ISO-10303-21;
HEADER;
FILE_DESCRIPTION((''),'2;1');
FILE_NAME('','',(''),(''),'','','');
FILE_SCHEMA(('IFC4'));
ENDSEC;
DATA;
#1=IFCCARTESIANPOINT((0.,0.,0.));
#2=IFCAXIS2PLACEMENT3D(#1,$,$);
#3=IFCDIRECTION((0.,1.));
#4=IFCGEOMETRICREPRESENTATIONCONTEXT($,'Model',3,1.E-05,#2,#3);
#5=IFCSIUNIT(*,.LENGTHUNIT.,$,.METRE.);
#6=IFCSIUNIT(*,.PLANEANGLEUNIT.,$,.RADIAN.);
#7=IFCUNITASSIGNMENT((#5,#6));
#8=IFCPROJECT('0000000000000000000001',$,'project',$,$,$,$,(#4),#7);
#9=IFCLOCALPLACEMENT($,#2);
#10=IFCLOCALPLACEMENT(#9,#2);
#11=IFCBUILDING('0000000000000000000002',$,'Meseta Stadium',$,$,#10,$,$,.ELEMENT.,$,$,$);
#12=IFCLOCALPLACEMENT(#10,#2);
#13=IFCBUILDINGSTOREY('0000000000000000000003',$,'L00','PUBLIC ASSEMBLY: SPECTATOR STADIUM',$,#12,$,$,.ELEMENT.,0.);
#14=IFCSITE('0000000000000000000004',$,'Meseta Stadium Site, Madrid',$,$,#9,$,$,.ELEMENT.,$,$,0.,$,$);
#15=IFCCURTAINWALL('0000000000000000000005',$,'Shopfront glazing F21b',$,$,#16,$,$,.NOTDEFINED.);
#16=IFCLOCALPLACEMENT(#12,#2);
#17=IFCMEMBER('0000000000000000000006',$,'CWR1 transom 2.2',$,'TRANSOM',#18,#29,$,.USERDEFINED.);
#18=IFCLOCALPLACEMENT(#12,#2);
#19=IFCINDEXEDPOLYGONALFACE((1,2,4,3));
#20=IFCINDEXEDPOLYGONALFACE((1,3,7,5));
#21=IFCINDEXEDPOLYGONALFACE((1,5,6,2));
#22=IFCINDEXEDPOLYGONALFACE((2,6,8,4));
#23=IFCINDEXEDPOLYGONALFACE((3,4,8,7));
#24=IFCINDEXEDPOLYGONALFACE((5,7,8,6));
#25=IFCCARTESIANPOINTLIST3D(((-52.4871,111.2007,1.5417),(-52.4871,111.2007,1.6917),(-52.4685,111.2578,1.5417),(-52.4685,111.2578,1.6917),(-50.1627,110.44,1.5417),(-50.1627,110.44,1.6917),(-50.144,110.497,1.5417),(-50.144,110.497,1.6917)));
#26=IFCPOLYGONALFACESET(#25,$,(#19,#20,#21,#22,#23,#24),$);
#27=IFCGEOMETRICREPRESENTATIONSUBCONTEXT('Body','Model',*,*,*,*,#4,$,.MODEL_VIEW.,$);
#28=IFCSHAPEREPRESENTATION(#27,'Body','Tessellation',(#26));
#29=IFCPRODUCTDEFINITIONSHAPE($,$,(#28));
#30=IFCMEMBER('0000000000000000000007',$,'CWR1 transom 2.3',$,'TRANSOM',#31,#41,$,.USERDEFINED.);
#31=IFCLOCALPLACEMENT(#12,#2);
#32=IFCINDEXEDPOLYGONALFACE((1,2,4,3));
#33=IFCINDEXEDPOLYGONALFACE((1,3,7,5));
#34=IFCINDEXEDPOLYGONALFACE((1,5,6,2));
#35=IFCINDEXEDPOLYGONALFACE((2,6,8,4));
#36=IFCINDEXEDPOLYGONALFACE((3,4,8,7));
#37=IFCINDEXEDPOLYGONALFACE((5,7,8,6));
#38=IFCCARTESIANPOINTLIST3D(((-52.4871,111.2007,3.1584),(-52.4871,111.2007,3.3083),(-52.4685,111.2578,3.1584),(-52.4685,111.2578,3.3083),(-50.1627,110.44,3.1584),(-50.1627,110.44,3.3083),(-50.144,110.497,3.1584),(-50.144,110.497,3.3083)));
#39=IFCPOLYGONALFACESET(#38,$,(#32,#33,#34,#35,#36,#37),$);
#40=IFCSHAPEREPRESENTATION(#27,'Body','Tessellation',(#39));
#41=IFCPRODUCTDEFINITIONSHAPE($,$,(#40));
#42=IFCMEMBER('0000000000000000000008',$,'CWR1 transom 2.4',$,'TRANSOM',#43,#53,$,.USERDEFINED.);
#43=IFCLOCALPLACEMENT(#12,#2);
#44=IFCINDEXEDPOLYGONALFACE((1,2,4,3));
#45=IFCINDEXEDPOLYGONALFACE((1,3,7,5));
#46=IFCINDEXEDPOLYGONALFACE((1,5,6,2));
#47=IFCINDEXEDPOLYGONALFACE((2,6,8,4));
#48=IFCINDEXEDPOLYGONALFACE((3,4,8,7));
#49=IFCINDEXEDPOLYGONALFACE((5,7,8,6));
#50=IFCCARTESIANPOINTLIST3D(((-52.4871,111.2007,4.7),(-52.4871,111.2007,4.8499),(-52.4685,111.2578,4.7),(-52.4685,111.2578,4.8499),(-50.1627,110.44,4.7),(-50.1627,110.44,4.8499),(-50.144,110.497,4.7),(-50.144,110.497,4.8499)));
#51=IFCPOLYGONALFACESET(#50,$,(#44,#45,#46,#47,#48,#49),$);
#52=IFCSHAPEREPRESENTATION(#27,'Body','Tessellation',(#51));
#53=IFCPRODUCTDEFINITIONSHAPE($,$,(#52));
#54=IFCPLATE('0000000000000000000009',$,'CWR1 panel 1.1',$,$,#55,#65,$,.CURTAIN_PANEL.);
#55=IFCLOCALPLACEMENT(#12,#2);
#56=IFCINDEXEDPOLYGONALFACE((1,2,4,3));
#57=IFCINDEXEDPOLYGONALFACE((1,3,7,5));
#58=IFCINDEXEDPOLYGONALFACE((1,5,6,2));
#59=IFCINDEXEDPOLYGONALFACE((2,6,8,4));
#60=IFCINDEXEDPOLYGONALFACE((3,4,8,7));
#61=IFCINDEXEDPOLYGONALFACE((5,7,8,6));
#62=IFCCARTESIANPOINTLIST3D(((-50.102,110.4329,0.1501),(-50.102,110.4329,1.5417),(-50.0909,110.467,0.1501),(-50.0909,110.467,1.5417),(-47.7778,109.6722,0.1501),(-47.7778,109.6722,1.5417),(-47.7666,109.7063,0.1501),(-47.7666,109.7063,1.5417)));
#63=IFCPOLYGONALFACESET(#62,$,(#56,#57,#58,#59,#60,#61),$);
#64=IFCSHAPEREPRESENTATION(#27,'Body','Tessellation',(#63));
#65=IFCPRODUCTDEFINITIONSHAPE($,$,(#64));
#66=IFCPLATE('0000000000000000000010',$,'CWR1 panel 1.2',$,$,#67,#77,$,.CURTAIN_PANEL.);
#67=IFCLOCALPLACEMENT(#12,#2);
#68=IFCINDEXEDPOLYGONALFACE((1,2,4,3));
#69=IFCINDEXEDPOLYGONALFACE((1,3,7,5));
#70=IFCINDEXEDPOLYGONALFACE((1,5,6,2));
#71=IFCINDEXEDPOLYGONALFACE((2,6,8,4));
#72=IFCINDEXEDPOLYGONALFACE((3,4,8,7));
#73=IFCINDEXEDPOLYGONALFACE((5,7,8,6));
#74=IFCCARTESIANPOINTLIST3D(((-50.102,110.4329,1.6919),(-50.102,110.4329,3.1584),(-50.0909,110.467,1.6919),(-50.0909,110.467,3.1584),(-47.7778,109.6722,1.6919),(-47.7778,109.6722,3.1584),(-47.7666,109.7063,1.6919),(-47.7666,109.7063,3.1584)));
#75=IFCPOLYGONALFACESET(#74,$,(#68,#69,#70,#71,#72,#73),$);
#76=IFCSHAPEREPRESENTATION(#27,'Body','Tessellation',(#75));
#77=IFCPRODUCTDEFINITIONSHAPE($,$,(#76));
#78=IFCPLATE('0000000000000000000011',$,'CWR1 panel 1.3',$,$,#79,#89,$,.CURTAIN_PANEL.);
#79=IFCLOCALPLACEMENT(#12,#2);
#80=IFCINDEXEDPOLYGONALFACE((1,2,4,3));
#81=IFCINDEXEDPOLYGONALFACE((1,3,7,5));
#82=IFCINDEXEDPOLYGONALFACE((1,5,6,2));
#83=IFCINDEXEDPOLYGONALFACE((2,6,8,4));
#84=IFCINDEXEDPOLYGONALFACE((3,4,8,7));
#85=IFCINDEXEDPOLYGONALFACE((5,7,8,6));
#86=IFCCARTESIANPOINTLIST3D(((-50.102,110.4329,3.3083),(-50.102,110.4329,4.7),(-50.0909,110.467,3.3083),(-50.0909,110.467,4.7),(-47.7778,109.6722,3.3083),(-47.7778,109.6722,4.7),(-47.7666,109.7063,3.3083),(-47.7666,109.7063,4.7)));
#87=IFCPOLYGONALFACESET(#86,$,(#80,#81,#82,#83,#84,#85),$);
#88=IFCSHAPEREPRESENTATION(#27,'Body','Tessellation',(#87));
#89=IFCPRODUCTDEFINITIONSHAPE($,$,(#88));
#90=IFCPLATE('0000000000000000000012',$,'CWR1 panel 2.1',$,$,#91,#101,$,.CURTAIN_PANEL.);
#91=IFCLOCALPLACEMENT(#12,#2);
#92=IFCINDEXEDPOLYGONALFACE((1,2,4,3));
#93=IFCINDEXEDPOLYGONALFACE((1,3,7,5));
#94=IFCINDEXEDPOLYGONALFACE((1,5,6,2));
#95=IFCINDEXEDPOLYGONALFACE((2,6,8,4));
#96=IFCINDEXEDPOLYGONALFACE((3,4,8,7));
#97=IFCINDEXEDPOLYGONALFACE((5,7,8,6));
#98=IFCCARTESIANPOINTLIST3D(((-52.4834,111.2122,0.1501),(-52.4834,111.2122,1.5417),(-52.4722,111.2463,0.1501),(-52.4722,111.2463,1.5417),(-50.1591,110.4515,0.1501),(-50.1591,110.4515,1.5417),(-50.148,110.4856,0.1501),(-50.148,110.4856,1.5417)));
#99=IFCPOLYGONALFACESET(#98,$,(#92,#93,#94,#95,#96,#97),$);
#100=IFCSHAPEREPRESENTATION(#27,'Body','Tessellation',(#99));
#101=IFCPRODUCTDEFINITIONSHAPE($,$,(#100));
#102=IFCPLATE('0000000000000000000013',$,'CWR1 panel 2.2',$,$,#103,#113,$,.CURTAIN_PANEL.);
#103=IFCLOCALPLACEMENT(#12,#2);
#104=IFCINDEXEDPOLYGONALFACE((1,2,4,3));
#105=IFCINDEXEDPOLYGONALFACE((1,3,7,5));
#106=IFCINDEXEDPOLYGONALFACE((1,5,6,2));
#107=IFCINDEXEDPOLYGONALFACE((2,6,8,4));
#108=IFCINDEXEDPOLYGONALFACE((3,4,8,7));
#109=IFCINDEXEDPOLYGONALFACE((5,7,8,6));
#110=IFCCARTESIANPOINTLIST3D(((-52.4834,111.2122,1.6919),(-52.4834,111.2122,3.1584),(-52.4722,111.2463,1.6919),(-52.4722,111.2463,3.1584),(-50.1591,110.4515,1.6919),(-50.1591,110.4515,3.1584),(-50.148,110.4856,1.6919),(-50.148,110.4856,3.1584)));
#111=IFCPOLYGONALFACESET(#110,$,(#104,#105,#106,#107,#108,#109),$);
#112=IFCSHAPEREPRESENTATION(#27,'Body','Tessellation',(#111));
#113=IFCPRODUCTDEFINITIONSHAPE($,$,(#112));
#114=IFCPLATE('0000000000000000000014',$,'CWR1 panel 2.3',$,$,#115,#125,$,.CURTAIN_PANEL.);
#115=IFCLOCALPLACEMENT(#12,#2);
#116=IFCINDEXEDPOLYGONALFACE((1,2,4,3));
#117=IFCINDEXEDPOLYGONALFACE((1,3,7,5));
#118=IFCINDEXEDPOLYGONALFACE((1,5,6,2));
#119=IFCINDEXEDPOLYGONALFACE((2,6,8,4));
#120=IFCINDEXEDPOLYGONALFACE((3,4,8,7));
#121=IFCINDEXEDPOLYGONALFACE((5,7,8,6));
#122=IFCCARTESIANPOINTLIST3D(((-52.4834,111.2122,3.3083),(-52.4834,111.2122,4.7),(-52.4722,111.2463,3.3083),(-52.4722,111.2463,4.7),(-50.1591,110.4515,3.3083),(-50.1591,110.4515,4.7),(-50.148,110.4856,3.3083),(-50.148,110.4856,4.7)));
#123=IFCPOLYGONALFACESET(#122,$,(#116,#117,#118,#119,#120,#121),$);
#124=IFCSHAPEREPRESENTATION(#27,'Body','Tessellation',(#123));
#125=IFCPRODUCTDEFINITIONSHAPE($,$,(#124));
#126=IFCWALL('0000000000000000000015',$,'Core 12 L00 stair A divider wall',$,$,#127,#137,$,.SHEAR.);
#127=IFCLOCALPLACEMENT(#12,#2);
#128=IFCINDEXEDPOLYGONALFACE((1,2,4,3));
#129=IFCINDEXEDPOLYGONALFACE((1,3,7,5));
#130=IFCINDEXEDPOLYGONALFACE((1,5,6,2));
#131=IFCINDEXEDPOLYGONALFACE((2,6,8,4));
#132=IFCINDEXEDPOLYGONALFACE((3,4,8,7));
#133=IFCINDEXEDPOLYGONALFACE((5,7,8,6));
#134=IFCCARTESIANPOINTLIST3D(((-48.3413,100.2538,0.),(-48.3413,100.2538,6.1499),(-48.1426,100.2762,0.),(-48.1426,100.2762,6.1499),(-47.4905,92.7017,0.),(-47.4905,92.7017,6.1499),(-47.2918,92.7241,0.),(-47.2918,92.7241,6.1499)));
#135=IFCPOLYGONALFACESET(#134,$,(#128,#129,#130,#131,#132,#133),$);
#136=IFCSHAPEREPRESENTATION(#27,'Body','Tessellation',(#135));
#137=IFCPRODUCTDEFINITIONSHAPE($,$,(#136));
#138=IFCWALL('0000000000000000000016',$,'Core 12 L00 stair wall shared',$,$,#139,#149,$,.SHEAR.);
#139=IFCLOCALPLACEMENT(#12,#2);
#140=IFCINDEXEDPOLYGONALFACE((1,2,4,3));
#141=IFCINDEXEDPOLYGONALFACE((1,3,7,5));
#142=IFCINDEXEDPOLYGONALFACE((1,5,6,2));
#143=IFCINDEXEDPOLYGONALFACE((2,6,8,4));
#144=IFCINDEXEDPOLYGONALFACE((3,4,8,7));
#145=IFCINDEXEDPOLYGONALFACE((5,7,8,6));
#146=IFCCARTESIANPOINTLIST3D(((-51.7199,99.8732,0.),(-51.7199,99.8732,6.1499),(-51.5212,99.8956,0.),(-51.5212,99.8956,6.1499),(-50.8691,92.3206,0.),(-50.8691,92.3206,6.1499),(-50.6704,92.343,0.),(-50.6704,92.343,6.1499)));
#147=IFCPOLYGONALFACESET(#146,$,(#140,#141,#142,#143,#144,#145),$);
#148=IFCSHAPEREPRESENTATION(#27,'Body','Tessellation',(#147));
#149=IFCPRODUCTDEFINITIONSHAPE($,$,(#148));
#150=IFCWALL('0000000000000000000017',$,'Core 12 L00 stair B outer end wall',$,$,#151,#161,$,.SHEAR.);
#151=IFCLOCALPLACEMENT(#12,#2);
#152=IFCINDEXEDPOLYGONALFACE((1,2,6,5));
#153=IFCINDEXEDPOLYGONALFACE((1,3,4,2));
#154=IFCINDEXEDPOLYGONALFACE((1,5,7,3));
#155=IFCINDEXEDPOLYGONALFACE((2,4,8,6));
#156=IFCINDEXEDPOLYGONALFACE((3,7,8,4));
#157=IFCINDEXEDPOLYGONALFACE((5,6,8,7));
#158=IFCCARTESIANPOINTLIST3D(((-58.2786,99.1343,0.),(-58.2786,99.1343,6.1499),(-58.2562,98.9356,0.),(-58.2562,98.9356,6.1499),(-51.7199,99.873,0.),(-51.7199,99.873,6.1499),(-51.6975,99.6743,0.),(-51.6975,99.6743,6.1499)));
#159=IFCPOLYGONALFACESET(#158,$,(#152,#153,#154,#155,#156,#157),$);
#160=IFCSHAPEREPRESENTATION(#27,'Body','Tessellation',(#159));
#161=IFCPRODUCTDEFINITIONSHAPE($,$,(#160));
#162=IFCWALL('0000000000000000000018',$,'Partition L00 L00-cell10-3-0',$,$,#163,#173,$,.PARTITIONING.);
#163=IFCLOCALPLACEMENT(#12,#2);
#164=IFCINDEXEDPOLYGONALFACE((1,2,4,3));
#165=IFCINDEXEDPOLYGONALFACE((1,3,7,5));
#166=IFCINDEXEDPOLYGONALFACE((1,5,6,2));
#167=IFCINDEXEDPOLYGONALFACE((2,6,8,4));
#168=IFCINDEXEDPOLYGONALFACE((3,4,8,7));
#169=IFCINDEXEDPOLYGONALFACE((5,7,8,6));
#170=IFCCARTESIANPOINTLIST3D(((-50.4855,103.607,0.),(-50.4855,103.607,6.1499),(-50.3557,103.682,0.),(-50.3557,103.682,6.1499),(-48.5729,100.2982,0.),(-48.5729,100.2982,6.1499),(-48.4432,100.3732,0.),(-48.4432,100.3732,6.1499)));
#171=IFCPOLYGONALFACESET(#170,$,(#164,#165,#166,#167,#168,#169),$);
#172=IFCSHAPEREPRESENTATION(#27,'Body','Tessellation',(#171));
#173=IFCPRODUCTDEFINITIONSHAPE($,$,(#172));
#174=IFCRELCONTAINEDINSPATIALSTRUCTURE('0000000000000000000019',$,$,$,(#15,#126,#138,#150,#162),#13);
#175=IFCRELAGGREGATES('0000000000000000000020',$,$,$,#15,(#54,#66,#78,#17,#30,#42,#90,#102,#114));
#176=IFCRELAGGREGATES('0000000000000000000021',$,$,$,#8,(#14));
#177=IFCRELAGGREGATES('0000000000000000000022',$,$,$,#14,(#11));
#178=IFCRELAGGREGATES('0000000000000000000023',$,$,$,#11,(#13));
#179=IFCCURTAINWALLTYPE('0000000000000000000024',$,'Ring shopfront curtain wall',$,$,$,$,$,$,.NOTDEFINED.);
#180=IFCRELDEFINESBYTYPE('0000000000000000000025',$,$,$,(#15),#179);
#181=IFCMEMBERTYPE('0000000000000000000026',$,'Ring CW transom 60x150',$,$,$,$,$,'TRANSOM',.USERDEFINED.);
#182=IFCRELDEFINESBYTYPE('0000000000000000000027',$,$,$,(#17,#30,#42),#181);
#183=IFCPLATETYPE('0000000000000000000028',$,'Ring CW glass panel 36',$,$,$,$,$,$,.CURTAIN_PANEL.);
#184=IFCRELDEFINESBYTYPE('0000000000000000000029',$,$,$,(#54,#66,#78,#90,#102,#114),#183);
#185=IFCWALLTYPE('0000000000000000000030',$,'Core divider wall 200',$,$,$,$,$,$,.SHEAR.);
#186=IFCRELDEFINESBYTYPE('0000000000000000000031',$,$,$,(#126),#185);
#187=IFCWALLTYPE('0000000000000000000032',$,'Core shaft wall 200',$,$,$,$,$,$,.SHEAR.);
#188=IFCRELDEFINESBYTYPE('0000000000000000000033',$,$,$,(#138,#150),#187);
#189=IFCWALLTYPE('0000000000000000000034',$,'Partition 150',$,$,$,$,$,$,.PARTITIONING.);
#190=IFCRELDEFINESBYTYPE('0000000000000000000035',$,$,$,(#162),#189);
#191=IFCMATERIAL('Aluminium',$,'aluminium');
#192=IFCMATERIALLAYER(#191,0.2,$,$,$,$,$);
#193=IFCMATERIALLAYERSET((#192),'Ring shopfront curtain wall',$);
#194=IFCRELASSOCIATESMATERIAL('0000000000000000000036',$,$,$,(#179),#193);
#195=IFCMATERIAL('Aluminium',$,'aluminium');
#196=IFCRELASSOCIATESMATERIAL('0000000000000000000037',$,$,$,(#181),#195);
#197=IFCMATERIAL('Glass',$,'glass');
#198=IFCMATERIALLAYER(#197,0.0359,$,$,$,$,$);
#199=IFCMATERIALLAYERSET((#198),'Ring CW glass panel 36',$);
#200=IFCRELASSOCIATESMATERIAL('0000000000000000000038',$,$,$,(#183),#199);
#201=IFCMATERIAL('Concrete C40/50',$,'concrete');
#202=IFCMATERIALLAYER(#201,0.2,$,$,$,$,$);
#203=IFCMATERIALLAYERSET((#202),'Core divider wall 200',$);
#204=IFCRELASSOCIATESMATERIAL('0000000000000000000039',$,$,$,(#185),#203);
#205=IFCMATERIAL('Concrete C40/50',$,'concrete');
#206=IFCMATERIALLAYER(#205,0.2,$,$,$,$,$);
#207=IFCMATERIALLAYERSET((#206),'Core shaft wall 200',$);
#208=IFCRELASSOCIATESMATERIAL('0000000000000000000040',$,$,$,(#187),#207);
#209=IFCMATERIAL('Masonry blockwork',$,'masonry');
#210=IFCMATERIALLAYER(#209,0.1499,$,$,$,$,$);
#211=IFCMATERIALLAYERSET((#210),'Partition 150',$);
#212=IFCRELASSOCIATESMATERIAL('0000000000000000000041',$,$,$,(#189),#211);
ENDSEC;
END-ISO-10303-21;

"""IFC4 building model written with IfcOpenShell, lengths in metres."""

from ifc_helpers import new_model, si_unit, direction, frame, frame_2d, origin, origin_2d, place, context, subcontext, project, spatial, rectangle, extrude, material, layer, layer_set, material_profile, profile_set, type_object, element, aggregate, save


model = new_model("IFC4")

# Units and contexts
model_context = context("Model", 3, precision=1e-05, world=origin(), true_north=direction((0.0, 1.0)))
body_context = subcontext(model_context, "Body", "Model", "MODEL_VIEW")
ifc_project = project(units=[si_unit("LENGTHUNIT", "METRE"), si_unit("PLANEANGLEUNIT", "RADIAN")], contexts=[model_context])

# Site, building, storey
site_placement = place(None, origin())
site = spatial("IfcSite", under=ifc_project, at=site_placement, Name="Meseta Stadium Site, Madrid", CompositionType="ELEMENT", RefElevation=0.0)
building_placement = place(site_placement, origin())
building = spatial("IfcBuilding", under=site, at=building_placement, Name="Meseta Stadium", CompositionType="ELEMENT")
storey_placement = place(building_placement, origin())
storey = spatial("IfcBuildingStorey", under=building, at=storey_placement, Name="L00", Description="PUBLIC ASSEMBLY: SPECTATOR STADIUM", CompositionType="ELEMENT", Elevation=0.0)

# Curtain wall, members, plates
ifc_material_1 = material(Name="Aluminium", Category="aluminium")
ifc_layer_1 = layer(ifc_material_1, 0.2)
ifc_layer_set_1 = layer_set([ifc_layer_1], Name="Ring shopfront curtain wall")
curtain_wall_type = type_object("IfcCurtainWallType", Name="Ring shopfront curtain wall", PredefinedType="NOTDEFINED", material=ifc_layer_set_1)
curtain_wall_placement = place(storey_placement, origin())
curtain_wall = element("IfcCurtainWall", 1, at=curtain_wall_placement, inside=storey, type_object=curtain_wall_type, Name="Shopfront glazing F21b", PredefinedType="NOTDEFINED")
ifc_material_2 = material(Name="Aluminium", Category="aluminium")
ifc_material_profile_1 = material_profile(ifc_material_2, rectangle(XDim=0.0601, YDim=0.1499, at=origin_2d()), Name="CW 60x150")
ifc_profile_set_1 = profile_set([ifc_material_profile_1], Name="Aluminium")
member_type_1 = type_object("IfcMemberType", Name="Ring CW transom 60x150", ElementType="TRANSOM", PredefinedType="USERDEFINED", material=ifc_profile_set_1)
member_1_placement = place(storey_placement, frame((-50.1533, 110.4685, 1.6167), z_axis=(-0.950396, 0.311042, 0.0), x_axis=(-0.311042, -0.950396, 0.0)))
member_1 = element("IfcMember", 2, at=member_1_placement, type_object=member_type_1, Name="CWR1 transom 2.2", ObjectType="TRANSOM", PredefinedType="USERDEFINED", context=body_context, shape_type="SweptSolid", body=[
    extrude(rectangle(XDim=0.0601, YDim=0.1499, at=origin_2d()), origin(), (0.0, 0.0, 1.0), 2.4458),
])
member_2_placement = place(storey_placement, frame((-50.1533, 110.4685, 3.2334), z_axis=(-0.950396, 0.311042, 0.0), x_axis=(-0.311042, -0.950396, 0.0)))
member_2 = element("IfcMember", 3, at=member_2_placement, type_object=member_type_1, Name="CWR1 transom 2.3", ObjectType="TRANSOM", PredefinedType="USERDEFINED", context=body_context, shape_type="SweptSolid", body=[
    extrude(rectangle(XDim=0.0601, YDim=0.1499, at=origin_2d()), origin(), (0.0, 0.0, 1.0), 2.4458),
])
member_3_placement = place(storey_placement, frame((-50.1533, 110.4685, 4.7749), z_axis=(-0.950396, 0.311042, 0.0), x_axis=(-0.311042, -0.950396, 0.0)))
member_3 = element("IfcMember", 4, at=member_3_placement, type_object=member_type_1, Name="CWR1 transom 2.4", ObjectType="TRANSOM", PredefinedType="USERDEFINED", context=body_context, shape_type="SweptSolid", body=[
    extrude(rectangle(XDim=0.0601, YDim=0.1499, at=origin_2d()), origin(), (0.0, 0.0, 1.0), 2.4458),
])
ifc_material_3 = material(Name="Glass", Category="glass")
ifc_layer_2 = layer(ifc_material_3, 0.0359)
ifc_layer_set_2 = layer_set([ifc_layer_2], Name="Ring CW glass panel 36")
plate_type = type_object("IfcPlateType", Name="Ring CW glass panel 36", PredefinedType="CURTAIN_PANEL", material=ifc_layer_set_2)
plate_1_placement = place(storey_placement, frame((-48.9343, 110.0696, 0.1501), z_axis=(0.0, 0.0, 1.0), x_axis=(-0.950396, 0.311041, 0.0)))
plate_1 = element("IfcPlate", 5, at=plate_1_placement, type_object=plate_type, Name="CWR1 panel 1.1", PredefinedType="CURTAIN_PANEL", context=body_context, shape_type="SweptSolid", body=[
    extrude(rectangle(XDim=2.4456, YDim=0.0359, at=origin_2d()), origin(), (0.0, 0.0, 1.0), 1.3916),
])
plate_2_placement = place(storey_placement, frame((-48.9343, 110.0696, 1.6919), z_axis=(0.0, 0.0, 1.0), x_axis=(-0.950396, 0.311041, 0.0)))
plate_2 = element("IfcPlate", 6, at=plate_2_placement, type_object=plate_type, Name="CWR1 panel 1.2", PredefinedType="CURTAIN_PANEL", context=body_context, shape_type="SweptSolid", body=[
    extrude(rectangle(XDim=2.4456, YDim=0.0359, at=origin_2d()), origin(), (0.0, 0.0, 1.0), 1.4666),
])
plate_3_placement = place(storey_placement, frame((-48.9343, 110.0696, 3.3083), z_axis=(0.0, 0.0, 1.0), x_axis=(-0.950396, 0.311041, 0.0)))
plate_3 = element("IfcPlate", 7, at=plate_3_placement, type_object=plate_type, Name="CWR1 panel 1.3", PredefinedType="CURTAIN_PANEL", context=body_context, shape_type="SweptSolid", body=[
    extrude(rectangle(XDim=2.4456, YDim=0.0359, at=origin_2d()), origin(), (0.0, 0.0, 1.0), 1.3916),
])
plate_4_placement = place(storey_placement, frame((-51.3157, 110.8489, 0.1501), z_axis=(0.0, 0.0, 1.0), x_axis=(-0.950396, 0.311041, 0.0)))
plate_4 = element("IfcPlate", 8, at=plate_4_placement, type_object=plate_type, Name="CWR1 panel 2.1", PredefinedType="CURTAIN_PANEL", context=body_context, shape_type="SweptSolid", body=[
    extrude(rectangle(XDim=2.4456, YDim=0.0359, at=origin_2d()), origin(), (0.0, 0.0, 1.0), 1.3916),
])
plate_5_placement = place(storey_placement, frame((-51.3157, 110.8489, 1.6919), z_axis=(0.0, 0.0, 1.0), x_axis=(-0.950396, 0.311041, 0.0)))
plate_5 = element("IfcPlate", 9, at=plate_5_placement, type_object=plate_type, Name="CWR1 panel 2.2", PredefinedType="CURTAIN_PANEL", context=body_context, shape_type="SweptSolid", body=[
    extrude(rectangle(XDim=2.4456, YDim=0.0359, at=origin_2d()), origin(), (0.0, 0.0, 1.0), 1.4666),
])
plate_6_placement = place(storey_placement, frame((-51.3157, 110.8489, 3.3083), z_axis=(0.0, 0.0, 1.0), x_axis=(-0.950396, 0.311041, 0.0)))
plate_6 = element("IfcPlate", 10, at=plate_6_placement, type_object=plate_type, Name="CWR1 panel 2.3", PredefinedType="CURTAIN_PANEL", context=body_context, shape_type="SweptSolid", body=[
    extrude(rectangle(XDim=2.4456, YDim=0.0359, at=origin_2d()), origin(), (0.0, 0.0, 1.0), 1.3916),
])
aggregate(curtain_wall, [plate_1, plate_2, plate_3, member_1, member_2, member_3, plate_4, plate_5, plate_6])

# Walls
ifc_material_4 = material(Name="Concrete C40/50", Category="concrete")
ifc_layer_3 = layer(ifc_material_4, 0.2)
ifc_layer_set_3 = layer_set([ifc_layer_3], Name="Core divider wall 200")
wall_type_1 = type_object("IfcWallType", Name="Core divider wall 200", PredefinedType="SHEAR", material=ifc_layer_set_3)
wall_1_placement = place(storey_placement, frame((-48.2419, 100.2649, 0.0), z_axis=(0.0, 0.0, 1.0), x_axis=(0.111955, -0.993713, 0.0)))
element("IfcWall", 11, at=wall_1_placement, inside=storey, type_object=wall_type_1, Name="Core 12 L00 stair A divider wall", PredefinedType="SHEAR", context=body_context, shape_type="SweptSolid", body=[
    extrude(rectangle(XDim=7.5999, YDim=0.2, at=frame_2d((3.7998, 0.0))), origin(), (0.0, 0.0, 1.0), 6.1499),
])
ifc_material_5 = material(Name="Concrete C40/50", Category="concrete")
ifc_layer_4 = layer(ifc_material_5, 0.2)
ifc_layer_set_4 = layer_set([ifc_layer_4], Name="Core shaft wall 200")
wall_type_2 = type_object("IfcWallType", Name="Core shaft wall 200", PredefinedType="SHEAR", material=ifc_layer_set_4)
wall_2_placement = place(storey_placement, frame((-51.6206, 99.8845, 0.0), z_axis=(0.0, 0.0, 1.0), x_axis=(0.111947, -0.993714, 0.0)))
element("IfcWall", 12, at=wall_2_placement, inside=storey, type_object=wall_type_2, Name="Core 12 L00 stair wall shared", PredefinedType="SHEAR", context=body_context, shape_type="SweptSolid", body=[
    extrude(rectangle(XDim=7.6003, YDim=0.2, at=frame_2d((3.8003, 0.0))), origin(), (0.0, 0.0, 1.0), 6.1499),
])
wall_3_placement = place(storey_placement, frame((-51.7087, 99.7737, 0.0), z_axis=(0.0, 0.0, 1.0), x_axis=(-0.993716, -0.111934, 0.0)))
element("IfcWall", 13, at=wall_3_placement, inside=storey, type_object=wall_type_2, Name="Core 12 L00 stair B outer end wall", PredefinedType="SHEAR", context=body_context, shape_type="SweptSolid", body=[
    extrude(rectangle(XDim=6.6001, YDim=0.2, at=frame_2d((3.3, 0.0))), origin(), (0.0, 0.0, 1.0), 6.1499),
])
ifc_material_6 = material(Name="Masonry blockwork", Category="masonry")
ifc_layer_5 = layer(ifc_material_6, 0.1499)
ifc_layer_set_5 = layer_set([ifc_layer_5], Name="Partition 150")
wall_type_3 = type_object("IfcWallType", Name="Partition 150", PredefinedType="PARTITIONING", material=ifc_layer_set_5)
wall_4_placement = place(storey_placement, frame((-48.5081, 100.3357, 0.0), z_axis=(0.0, 0.0, 1.0), x_axis=(-0.500439, 0.865772, 0.0)))
element("IfcWall", 14, at=wall_4_placement, inside=storey, type_object=wall_type_3, Name="Partition L00 L00-cell10-3-0", PredefinedType="PARTITIONING", context=body_context, shape_type="SweptSolid", body=[
    extrude(rectangle(XDim=3.8218, YDim=0.1499, at=frame_2d((1.9109, 0.0))), origin(), (0.0, 0.0, 1.0), 6.1499),
])

save(model, "model.ifc")
